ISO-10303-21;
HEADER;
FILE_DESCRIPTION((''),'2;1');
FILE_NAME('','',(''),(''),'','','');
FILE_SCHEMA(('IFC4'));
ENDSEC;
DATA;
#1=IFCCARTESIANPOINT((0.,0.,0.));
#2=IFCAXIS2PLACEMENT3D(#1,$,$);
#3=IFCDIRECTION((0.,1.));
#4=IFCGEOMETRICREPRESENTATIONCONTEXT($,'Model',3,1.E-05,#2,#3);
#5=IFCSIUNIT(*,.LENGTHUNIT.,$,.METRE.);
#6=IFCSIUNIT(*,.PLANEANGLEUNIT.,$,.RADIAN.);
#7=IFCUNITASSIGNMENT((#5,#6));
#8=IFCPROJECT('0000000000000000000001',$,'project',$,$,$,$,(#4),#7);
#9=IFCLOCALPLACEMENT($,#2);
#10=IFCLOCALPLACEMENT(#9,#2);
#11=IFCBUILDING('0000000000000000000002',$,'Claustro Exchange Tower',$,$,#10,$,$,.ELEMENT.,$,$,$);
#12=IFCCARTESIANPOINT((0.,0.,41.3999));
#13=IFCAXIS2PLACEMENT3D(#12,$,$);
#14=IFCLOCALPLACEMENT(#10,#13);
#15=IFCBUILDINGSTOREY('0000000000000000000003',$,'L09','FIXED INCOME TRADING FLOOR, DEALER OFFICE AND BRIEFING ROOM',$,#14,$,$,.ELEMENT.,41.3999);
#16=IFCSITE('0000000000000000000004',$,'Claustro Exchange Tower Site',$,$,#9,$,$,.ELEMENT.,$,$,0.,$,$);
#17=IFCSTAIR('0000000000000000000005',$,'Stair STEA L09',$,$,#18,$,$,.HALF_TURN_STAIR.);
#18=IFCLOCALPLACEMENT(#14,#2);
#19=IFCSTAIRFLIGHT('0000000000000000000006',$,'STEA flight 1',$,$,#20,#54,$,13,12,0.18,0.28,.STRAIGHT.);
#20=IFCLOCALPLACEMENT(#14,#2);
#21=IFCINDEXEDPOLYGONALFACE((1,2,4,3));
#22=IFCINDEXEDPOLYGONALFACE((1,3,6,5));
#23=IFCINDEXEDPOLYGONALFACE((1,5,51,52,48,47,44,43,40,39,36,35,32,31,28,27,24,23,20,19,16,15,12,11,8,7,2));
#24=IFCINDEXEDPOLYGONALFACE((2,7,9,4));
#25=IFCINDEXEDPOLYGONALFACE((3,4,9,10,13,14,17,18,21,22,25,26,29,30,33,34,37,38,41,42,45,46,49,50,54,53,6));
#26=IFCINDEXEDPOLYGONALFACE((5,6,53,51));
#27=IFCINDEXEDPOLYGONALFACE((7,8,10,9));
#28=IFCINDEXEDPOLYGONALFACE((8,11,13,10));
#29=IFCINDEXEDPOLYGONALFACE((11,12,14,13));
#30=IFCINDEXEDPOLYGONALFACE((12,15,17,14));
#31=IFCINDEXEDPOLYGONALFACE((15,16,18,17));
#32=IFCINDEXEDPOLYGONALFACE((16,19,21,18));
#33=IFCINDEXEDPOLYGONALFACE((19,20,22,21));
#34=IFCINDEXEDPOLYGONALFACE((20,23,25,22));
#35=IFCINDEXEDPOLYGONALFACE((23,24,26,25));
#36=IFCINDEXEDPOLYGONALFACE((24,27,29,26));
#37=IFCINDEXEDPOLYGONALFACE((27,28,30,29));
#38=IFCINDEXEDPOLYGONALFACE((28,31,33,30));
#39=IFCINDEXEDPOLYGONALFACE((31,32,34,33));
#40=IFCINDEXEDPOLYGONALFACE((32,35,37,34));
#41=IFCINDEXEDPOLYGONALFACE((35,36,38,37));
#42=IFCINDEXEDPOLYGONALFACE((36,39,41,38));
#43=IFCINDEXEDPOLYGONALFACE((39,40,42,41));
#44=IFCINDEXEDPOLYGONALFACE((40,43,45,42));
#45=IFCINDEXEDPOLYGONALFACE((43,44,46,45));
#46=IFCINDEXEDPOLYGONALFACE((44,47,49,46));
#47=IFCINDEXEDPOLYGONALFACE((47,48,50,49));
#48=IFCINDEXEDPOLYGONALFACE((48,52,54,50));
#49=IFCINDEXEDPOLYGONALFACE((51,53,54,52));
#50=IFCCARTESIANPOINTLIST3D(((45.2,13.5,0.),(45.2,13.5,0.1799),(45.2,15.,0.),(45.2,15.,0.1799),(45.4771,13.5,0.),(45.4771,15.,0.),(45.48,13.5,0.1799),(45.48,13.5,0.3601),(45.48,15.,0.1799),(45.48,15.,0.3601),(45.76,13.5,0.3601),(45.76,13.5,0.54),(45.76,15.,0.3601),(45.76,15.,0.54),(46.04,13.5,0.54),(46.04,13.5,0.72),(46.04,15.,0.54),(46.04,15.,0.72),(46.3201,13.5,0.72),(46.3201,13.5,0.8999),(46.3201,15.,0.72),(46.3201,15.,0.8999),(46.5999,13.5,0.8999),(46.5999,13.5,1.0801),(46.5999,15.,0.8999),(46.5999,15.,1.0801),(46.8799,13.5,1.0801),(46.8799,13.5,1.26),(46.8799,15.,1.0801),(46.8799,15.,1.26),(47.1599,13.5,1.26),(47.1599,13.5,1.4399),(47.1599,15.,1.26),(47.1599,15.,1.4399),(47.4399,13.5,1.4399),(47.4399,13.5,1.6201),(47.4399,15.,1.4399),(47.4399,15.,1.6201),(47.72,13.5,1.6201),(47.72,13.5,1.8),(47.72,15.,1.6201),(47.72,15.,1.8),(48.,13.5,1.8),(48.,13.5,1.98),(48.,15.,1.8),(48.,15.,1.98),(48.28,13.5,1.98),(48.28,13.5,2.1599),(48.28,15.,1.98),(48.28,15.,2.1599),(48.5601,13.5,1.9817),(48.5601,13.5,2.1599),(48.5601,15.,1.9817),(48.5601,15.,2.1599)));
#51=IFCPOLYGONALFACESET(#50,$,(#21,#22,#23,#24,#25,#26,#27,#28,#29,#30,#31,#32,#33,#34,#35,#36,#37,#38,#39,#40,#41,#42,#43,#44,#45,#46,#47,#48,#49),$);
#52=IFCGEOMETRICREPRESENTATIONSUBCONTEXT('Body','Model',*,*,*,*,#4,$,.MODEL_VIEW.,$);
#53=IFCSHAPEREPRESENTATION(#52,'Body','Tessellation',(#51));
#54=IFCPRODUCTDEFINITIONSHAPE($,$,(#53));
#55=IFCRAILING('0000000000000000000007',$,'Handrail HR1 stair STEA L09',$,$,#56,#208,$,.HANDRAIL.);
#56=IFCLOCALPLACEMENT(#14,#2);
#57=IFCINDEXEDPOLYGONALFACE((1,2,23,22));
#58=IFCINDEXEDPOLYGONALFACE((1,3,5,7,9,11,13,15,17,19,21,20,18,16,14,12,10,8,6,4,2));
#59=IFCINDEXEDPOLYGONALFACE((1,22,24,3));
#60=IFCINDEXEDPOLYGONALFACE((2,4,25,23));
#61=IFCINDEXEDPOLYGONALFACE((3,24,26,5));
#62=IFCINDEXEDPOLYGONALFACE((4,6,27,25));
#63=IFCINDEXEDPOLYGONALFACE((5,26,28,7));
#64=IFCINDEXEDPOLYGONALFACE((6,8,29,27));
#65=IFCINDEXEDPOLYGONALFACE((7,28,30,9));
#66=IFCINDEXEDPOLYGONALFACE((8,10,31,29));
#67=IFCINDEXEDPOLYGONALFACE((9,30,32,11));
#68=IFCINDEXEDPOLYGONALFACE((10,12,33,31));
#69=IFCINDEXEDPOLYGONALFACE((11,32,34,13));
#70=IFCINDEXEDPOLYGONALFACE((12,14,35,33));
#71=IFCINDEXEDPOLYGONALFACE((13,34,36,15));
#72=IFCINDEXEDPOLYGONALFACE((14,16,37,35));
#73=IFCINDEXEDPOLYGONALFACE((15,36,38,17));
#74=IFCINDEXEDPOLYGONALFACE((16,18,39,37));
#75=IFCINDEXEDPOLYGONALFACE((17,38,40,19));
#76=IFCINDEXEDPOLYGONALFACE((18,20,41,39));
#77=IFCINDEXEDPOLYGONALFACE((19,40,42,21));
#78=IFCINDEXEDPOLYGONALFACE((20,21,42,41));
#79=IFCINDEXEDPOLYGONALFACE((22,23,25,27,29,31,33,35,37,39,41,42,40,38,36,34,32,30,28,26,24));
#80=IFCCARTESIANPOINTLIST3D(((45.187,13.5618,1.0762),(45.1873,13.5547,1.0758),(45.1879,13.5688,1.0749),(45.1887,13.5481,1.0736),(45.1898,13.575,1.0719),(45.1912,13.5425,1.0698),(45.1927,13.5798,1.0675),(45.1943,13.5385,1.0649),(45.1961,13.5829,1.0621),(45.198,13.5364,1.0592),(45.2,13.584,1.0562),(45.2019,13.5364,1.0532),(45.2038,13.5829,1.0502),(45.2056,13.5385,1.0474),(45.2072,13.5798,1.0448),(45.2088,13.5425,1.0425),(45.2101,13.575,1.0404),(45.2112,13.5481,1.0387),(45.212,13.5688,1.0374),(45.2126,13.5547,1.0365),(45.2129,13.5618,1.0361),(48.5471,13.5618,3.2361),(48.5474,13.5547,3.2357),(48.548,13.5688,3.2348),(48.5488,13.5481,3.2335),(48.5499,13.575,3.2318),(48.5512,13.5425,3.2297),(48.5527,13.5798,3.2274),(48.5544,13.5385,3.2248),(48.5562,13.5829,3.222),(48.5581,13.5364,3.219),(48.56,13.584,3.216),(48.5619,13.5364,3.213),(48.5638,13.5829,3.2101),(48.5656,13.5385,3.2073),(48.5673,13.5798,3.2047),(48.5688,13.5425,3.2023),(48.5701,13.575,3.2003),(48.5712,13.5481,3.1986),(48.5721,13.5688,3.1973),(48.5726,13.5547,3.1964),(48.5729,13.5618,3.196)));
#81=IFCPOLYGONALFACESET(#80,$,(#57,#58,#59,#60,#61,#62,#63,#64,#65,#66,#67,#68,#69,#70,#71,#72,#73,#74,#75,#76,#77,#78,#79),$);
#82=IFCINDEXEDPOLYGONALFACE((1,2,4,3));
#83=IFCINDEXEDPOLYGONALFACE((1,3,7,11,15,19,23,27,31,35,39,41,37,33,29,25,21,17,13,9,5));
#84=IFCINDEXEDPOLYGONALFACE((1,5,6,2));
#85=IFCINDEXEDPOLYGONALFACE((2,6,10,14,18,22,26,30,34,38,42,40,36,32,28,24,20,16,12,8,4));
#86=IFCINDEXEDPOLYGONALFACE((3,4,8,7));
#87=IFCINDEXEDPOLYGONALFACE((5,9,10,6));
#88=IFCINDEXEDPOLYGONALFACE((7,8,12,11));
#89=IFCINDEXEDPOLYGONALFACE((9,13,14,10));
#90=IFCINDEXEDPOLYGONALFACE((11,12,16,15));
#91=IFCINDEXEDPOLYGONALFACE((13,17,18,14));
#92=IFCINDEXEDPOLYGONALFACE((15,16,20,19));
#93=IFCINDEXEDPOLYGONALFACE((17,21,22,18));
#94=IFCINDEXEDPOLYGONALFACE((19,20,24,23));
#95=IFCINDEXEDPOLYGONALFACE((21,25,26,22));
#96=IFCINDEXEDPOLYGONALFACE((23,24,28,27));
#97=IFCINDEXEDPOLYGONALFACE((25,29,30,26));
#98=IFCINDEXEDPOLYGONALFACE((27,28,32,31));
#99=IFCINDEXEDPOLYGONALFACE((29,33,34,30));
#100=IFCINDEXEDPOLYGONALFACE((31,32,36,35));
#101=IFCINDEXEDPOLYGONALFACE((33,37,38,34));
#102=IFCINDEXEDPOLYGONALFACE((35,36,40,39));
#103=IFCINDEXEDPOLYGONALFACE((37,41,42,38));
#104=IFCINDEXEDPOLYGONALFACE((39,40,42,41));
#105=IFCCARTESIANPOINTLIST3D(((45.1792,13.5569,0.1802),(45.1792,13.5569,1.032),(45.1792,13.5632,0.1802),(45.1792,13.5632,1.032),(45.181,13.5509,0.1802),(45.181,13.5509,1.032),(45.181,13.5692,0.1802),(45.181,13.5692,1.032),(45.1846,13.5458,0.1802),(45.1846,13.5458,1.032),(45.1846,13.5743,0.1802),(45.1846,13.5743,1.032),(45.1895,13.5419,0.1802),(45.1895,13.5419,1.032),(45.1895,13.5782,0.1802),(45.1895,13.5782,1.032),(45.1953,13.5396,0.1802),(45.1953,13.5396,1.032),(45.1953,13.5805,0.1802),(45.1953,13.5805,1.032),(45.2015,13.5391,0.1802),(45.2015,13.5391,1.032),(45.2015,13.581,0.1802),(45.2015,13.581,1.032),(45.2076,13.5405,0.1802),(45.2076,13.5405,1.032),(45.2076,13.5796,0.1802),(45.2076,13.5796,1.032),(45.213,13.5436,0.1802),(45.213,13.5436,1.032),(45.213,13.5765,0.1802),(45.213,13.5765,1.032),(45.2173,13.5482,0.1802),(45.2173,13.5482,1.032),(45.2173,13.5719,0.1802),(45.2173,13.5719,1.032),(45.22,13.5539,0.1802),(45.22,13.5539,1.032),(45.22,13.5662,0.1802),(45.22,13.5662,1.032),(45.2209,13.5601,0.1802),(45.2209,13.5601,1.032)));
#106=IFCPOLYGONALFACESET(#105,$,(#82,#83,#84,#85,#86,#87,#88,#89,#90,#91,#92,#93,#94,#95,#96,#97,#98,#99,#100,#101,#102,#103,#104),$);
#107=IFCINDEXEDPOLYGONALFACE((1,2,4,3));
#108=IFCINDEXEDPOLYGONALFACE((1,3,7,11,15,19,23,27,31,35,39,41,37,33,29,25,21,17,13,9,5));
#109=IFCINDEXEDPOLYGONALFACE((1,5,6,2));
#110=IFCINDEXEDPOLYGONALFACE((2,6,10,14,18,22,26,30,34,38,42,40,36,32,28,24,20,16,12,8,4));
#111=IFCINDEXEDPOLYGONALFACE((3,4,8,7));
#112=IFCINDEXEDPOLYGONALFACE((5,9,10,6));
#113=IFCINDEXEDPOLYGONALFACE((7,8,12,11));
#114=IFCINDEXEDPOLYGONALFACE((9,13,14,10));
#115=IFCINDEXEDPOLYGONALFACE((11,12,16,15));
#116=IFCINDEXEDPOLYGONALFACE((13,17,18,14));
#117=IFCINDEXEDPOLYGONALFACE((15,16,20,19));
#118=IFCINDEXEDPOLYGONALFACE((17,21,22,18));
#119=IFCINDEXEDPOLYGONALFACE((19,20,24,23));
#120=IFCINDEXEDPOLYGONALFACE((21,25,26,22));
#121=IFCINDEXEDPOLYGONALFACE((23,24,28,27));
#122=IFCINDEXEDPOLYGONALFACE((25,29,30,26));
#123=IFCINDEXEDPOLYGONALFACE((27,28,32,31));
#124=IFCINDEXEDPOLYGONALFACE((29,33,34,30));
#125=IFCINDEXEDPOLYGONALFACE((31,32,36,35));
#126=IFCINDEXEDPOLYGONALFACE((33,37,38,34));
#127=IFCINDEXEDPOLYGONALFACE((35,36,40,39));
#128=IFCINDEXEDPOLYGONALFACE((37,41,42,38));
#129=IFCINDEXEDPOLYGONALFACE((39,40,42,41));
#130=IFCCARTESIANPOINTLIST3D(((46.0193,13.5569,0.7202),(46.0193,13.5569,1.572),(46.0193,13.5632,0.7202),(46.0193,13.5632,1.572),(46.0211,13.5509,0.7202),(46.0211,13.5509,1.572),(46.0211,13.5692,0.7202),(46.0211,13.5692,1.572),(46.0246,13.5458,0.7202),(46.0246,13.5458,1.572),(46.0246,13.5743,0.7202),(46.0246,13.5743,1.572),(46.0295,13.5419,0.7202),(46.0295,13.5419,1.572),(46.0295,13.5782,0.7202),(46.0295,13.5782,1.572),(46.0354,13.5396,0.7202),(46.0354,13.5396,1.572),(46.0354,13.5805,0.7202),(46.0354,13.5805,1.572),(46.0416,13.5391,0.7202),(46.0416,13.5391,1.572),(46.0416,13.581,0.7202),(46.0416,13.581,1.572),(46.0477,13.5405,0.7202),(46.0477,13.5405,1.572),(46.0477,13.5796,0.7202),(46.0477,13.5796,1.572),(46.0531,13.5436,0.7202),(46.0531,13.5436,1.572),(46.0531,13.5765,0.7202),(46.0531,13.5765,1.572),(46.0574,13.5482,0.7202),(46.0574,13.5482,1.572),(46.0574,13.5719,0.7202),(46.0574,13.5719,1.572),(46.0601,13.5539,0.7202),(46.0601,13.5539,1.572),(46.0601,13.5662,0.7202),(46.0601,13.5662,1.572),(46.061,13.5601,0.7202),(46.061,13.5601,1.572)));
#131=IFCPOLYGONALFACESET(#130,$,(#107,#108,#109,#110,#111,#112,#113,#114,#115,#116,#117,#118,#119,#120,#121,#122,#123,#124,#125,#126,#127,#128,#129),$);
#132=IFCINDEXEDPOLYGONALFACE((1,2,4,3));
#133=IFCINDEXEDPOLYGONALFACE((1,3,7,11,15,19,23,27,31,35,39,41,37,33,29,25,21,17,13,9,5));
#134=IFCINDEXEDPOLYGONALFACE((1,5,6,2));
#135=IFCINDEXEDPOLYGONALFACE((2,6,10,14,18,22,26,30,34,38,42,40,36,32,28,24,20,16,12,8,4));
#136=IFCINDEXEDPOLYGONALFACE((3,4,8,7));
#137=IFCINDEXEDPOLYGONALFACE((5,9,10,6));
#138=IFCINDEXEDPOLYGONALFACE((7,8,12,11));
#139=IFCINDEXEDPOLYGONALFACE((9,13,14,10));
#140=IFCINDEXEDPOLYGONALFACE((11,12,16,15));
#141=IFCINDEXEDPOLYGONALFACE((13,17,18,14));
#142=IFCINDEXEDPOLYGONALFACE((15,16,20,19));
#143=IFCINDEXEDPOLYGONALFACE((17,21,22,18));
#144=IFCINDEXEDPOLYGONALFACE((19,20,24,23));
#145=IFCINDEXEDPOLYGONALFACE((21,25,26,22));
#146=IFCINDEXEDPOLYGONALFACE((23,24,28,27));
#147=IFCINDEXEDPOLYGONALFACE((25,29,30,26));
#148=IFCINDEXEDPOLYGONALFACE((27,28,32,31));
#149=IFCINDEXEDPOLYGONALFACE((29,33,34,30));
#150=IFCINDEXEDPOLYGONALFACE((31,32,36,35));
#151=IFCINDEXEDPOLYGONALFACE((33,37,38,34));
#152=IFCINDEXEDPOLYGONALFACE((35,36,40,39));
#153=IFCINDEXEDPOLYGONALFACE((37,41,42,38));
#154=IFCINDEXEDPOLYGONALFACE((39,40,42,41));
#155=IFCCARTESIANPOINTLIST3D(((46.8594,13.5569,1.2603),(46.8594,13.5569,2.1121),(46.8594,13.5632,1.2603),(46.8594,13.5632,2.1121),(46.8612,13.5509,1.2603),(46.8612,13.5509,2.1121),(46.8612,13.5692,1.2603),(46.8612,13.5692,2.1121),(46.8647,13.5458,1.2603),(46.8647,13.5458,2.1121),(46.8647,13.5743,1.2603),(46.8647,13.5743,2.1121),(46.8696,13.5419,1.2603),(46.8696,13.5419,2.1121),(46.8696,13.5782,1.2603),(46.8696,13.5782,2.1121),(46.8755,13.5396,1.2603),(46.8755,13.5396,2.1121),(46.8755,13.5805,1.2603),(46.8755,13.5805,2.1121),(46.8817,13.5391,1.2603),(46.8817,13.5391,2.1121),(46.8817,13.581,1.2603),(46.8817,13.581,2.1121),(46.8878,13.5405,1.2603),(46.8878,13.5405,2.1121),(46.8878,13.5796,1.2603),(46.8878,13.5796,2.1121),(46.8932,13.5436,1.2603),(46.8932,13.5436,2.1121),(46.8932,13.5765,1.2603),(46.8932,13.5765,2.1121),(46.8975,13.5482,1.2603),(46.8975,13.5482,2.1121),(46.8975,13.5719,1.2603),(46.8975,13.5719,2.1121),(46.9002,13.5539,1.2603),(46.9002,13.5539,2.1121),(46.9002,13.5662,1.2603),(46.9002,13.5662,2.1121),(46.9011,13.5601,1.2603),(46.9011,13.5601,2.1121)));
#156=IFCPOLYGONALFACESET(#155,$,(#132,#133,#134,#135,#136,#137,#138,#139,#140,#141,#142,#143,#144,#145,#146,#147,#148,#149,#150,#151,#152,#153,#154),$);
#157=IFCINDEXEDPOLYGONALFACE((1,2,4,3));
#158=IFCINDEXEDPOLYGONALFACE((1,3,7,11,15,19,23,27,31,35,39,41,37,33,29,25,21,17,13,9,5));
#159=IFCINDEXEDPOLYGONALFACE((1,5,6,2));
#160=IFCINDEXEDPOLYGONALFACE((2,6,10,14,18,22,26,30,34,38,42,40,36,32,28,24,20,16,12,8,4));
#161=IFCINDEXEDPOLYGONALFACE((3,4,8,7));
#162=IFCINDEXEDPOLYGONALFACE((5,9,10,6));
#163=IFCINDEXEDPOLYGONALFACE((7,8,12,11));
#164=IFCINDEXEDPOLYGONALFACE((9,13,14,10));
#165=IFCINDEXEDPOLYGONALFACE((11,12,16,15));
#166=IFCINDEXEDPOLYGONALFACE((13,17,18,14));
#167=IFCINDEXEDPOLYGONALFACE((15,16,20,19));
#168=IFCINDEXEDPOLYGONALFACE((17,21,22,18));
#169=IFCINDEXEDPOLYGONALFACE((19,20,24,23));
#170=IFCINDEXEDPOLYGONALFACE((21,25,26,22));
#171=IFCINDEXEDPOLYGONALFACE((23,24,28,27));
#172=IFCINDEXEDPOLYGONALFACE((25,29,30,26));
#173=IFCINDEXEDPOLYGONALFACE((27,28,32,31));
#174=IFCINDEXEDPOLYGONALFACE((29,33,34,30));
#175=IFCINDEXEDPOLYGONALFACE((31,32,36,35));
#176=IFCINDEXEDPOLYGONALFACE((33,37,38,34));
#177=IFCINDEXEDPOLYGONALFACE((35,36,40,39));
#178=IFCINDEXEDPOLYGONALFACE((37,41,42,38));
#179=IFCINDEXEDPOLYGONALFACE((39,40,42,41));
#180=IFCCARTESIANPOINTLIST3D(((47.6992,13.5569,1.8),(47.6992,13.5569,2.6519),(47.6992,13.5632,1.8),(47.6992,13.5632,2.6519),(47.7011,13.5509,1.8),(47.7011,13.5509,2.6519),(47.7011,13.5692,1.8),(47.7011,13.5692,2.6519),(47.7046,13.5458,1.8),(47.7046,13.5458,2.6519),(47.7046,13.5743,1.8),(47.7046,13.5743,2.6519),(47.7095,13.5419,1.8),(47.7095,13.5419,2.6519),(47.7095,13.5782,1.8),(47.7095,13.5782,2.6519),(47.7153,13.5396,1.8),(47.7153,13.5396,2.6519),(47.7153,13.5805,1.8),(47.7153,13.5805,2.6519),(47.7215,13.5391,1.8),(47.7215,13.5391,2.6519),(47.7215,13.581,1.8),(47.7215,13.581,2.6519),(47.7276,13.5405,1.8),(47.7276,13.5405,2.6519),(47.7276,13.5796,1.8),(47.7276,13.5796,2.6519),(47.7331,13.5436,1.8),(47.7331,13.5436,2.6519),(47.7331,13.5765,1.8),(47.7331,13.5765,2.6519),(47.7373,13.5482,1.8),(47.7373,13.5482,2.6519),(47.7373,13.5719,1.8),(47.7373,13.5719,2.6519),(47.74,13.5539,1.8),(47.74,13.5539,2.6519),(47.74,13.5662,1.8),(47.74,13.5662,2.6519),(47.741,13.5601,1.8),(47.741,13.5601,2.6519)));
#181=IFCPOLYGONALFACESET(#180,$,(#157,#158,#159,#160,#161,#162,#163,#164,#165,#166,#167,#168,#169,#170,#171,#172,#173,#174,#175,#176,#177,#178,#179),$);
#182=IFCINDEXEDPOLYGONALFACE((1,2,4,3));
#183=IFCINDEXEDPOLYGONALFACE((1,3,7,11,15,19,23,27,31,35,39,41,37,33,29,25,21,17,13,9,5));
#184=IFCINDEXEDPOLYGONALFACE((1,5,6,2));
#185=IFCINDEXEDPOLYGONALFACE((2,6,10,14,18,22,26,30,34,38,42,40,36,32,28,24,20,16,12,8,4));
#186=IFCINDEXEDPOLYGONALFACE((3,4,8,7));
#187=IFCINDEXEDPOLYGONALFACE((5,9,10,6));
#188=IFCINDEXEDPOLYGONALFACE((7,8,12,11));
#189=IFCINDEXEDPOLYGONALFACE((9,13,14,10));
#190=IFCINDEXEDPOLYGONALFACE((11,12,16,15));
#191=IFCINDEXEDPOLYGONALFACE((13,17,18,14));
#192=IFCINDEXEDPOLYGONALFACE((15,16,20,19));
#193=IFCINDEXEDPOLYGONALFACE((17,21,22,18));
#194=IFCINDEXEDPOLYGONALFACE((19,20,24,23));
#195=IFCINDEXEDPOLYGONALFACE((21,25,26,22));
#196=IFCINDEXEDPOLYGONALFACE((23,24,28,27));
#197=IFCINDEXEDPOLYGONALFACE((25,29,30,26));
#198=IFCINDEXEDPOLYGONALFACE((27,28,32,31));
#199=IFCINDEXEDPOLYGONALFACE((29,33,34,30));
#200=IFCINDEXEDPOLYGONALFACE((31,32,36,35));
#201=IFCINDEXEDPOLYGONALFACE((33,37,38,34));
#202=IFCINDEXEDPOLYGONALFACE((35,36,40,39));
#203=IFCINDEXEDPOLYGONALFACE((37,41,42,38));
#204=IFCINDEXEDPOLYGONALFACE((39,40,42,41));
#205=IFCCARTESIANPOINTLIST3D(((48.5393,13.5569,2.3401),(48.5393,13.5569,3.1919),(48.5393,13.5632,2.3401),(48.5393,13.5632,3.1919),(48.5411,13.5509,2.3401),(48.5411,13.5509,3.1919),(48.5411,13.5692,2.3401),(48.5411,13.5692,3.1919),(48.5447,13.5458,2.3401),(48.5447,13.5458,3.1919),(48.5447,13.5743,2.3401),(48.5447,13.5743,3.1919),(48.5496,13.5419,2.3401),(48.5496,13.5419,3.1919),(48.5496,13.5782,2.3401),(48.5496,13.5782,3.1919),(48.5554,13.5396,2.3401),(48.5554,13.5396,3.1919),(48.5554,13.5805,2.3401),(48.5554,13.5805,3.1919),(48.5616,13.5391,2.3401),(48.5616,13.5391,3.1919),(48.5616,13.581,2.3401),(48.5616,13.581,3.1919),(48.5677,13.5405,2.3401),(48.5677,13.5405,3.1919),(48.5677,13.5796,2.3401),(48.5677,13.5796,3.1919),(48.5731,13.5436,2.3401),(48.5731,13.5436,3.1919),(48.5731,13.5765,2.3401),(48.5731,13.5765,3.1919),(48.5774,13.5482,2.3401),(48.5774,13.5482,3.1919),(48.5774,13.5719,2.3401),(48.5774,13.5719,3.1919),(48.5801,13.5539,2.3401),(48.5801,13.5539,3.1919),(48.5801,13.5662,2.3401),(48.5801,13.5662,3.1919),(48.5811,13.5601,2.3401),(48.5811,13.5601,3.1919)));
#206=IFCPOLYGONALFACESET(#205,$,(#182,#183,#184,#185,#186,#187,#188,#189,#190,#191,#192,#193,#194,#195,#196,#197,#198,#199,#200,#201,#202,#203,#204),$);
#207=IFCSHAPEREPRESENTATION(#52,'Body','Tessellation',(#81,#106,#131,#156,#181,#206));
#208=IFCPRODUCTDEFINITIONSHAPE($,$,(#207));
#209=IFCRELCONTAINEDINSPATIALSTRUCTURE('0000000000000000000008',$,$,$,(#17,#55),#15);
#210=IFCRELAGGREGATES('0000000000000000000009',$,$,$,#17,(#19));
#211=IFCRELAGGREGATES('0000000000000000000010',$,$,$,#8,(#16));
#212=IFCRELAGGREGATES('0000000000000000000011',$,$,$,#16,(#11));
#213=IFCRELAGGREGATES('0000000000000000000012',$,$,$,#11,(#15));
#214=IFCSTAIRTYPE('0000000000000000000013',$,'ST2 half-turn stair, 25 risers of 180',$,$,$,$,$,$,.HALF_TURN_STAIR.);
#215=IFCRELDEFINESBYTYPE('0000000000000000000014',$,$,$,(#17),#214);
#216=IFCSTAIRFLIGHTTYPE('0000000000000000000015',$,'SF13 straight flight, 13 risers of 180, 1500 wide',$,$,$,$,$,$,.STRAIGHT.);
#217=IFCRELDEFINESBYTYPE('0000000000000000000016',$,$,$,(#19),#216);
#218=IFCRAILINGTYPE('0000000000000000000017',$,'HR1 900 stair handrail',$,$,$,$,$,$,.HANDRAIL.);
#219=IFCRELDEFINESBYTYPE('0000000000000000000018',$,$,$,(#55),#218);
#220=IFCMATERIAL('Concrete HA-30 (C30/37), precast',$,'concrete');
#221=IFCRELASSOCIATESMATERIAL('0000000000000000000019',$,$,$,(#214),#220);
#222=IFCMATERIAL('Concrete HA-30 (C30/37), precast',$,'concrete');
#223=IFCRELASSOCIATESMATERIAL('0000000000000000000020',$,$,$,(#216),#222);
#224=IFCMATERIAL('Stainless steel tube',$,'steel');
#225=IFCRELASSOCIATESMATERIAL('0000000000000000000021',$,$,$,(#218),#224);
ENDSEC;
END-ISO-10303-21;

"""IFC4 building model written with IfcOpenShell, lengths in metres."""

from ifc_helpers import new_model, si_unit, direction, frame, origin, origin_2d, place, context, subcontext, project, spatial, polyline, circle, outline, extrude, material, type_object, element, aggregate, save


model = new_model("IFC4")

# Units and contexts
model_context = context("Model", 3, precision=1e-05, world=origin(), true_north=direction((0.0, 1.0)))
body_context = subcontext(model_context, "Body", "Model", "MODEL_VIEW")
ifc_project = project(units=[si_unit("LENGTHUNIT", "METRE"), si_unit("PLANEANGLEUNIT", "RADIAN")], contexts=[model_context])

# Site, building, storey
site_placement = place(None, origin())
site = spatial("IfcSite", under=ifc_project, at=site_placement, Name="Claustro Exchange Tower Site", CompositionType="ELEMENT", RefElevation=0.0)
building_placement = place(site_placement, origin())
building = spatial("IfcBuilding", under=site, at=building_placement, Name="Claustro Exchange Tower", CompositionType="ELEMENT")
storey_placement = place(building_placement, frame((0.0, 0.0, 41.3999)))
storey = spatial("IfcBuildingStorey", under=building, at=storey_placement, Name="L09", Description="FIXED INCOME TRADING FLOOR, DEALER OFFICE AND BRIEFING ROOM", CompositionType="ELEMENT", Elevation=41.3999)

# Stair, stair flight
ifc_material_1 = material(Name="Concrete HA-30 (C30/37), precast", Category="concrete")
stair_type = type_object("IfcStairType", Name="ST2 half-turn stair, 25 risers of 180", PredefinedType="HALF_TURN_STAIR", material=ifc_material_1)
stair_placement = place(storey_placement, origin())
stair = element("IfcStair", 1, at=stair_placement, inside=storey, type_object=stair_type, Name="Stair STEA L09", PredefinedType="HALF_TURN_STAIR")
ifc_material_2 = material(Name="Concrete HA-30 (C30/37), precast", Category="concrete")
stair_flight_type = type_object("IfcStairFlightType", Name="SF13 straight flight, 13 risers of 180, 1500 wide", PredefinedType="STRAIGHT", material=ifc_material_2)
stair_flight_placement = place(storey_placement, frame((45.2, 14.25, 0.0), z_axis=(0.0, 0.0, 1.0), x_axis=(1.0, 0.0, 0.0)))
stair_flight = element("IfcStairFlight", 2, at=stair_flight_placement, type_object=stair_flight_type, Name="STEA flight 1", NumberOfRisers=13, NumberOfTreads=12, PredefinedType="STRAIGHT", RiserHeight=0.18, TreadLength=0.28, context=body_context, shape_type="SweptSolid", body=[
    extrude(outline(polyline([(0.0, 0.0), (0.0, 0.1799), (0.28, 0.1799), (0.28, 0.3601), (0.5601, 0.3601), (0.5601, 0.54), (0.8401, 0.54), (0.8401, 0.72), (1.1201, 0.72), (1.1201, 0.8999), (1.3999, 0.8999), (1.3999, 1.0801), (1.6799, 1.0801), (1.6799, 1.26), (1.96, 1.26), (1.96, 1.4399), (2.24, 1.4399), (2.24, 1.6201), (2.52, 1.6201), (2.52, 1.8), (2.8, 1.8), (2.8, 1.98), (3.0801, 1.98), (3.0801, 2.1599), (3.3601, 2.1599), (3.3601, 2.3401), (3.3601, 1.9817), (0.2771, 0.0), (0.0, 0.0)])), frame((0.0, 0.75, 0.0), z_axis=(0.0, -1.0, 0.0), x_axis=(1.0, 0.0, 0.0)), (0.0, 0.0, 1.0), 1.5),
])
aggregate(stair, [stair_flight])

# Railing
ifc_material_3 = material(Name="Stainless steel tube", Category="steel")
railing_type = type_object("IfcRailingType", Name="HR1 900 stair handrail", PredefinedType="HANDRAIL", material=ifc_material_3)
railing_placement = place(storey_placement, frame((45.2, 13.5601, 0.1802)))
element("IfcRailing", 3, at=railing_placement, inside=storey, type_object=railing_type, Name="Handrail HR1 stair STEA L09", PredefinedType="HANDRAIL", context=body_context, shape_type="SweptSolid", body=[
    extrude(circle(Radius=0.0239, at=origin_2d()), frame((0.0, 0.0, 0.876), z_axis=(0.841196, 0.0, 0.54073), x_axis=(0.0, 1.0, 0.0)), (0.0, 0.0, 1.0), 3.9944),
    extrude(circle(Radius=0.021, at=origin_2d()), origin(), (0.0, 0.0, 1.0), 0.8518),
    extrude(circle(Radius=0.021, at=origin_2d()), frame((0.8401, 0.0, 0.54)), (0.0, 0.0, 1.0), 0.8518),
    extrude(circle(Radius=0.021, at=origin_2d()), frame((1.6802, 0.0, 1.0801)), (0.0, 0.0, 1.0), 0.8518),
    extrude(circle(Radius=0.021, at=origin_2d()), frame((2.52, 0.0, 1.6199)), (0.0, 0.0, 1.0), 0.8518),
    extrude(circle(Radius=0.021, at=origin_2d()), frame((3.3601, 0.0, 2.1599)), (0.0, 0.0, 1.0), 0.8518),
])

save(model, "model.ifc")
